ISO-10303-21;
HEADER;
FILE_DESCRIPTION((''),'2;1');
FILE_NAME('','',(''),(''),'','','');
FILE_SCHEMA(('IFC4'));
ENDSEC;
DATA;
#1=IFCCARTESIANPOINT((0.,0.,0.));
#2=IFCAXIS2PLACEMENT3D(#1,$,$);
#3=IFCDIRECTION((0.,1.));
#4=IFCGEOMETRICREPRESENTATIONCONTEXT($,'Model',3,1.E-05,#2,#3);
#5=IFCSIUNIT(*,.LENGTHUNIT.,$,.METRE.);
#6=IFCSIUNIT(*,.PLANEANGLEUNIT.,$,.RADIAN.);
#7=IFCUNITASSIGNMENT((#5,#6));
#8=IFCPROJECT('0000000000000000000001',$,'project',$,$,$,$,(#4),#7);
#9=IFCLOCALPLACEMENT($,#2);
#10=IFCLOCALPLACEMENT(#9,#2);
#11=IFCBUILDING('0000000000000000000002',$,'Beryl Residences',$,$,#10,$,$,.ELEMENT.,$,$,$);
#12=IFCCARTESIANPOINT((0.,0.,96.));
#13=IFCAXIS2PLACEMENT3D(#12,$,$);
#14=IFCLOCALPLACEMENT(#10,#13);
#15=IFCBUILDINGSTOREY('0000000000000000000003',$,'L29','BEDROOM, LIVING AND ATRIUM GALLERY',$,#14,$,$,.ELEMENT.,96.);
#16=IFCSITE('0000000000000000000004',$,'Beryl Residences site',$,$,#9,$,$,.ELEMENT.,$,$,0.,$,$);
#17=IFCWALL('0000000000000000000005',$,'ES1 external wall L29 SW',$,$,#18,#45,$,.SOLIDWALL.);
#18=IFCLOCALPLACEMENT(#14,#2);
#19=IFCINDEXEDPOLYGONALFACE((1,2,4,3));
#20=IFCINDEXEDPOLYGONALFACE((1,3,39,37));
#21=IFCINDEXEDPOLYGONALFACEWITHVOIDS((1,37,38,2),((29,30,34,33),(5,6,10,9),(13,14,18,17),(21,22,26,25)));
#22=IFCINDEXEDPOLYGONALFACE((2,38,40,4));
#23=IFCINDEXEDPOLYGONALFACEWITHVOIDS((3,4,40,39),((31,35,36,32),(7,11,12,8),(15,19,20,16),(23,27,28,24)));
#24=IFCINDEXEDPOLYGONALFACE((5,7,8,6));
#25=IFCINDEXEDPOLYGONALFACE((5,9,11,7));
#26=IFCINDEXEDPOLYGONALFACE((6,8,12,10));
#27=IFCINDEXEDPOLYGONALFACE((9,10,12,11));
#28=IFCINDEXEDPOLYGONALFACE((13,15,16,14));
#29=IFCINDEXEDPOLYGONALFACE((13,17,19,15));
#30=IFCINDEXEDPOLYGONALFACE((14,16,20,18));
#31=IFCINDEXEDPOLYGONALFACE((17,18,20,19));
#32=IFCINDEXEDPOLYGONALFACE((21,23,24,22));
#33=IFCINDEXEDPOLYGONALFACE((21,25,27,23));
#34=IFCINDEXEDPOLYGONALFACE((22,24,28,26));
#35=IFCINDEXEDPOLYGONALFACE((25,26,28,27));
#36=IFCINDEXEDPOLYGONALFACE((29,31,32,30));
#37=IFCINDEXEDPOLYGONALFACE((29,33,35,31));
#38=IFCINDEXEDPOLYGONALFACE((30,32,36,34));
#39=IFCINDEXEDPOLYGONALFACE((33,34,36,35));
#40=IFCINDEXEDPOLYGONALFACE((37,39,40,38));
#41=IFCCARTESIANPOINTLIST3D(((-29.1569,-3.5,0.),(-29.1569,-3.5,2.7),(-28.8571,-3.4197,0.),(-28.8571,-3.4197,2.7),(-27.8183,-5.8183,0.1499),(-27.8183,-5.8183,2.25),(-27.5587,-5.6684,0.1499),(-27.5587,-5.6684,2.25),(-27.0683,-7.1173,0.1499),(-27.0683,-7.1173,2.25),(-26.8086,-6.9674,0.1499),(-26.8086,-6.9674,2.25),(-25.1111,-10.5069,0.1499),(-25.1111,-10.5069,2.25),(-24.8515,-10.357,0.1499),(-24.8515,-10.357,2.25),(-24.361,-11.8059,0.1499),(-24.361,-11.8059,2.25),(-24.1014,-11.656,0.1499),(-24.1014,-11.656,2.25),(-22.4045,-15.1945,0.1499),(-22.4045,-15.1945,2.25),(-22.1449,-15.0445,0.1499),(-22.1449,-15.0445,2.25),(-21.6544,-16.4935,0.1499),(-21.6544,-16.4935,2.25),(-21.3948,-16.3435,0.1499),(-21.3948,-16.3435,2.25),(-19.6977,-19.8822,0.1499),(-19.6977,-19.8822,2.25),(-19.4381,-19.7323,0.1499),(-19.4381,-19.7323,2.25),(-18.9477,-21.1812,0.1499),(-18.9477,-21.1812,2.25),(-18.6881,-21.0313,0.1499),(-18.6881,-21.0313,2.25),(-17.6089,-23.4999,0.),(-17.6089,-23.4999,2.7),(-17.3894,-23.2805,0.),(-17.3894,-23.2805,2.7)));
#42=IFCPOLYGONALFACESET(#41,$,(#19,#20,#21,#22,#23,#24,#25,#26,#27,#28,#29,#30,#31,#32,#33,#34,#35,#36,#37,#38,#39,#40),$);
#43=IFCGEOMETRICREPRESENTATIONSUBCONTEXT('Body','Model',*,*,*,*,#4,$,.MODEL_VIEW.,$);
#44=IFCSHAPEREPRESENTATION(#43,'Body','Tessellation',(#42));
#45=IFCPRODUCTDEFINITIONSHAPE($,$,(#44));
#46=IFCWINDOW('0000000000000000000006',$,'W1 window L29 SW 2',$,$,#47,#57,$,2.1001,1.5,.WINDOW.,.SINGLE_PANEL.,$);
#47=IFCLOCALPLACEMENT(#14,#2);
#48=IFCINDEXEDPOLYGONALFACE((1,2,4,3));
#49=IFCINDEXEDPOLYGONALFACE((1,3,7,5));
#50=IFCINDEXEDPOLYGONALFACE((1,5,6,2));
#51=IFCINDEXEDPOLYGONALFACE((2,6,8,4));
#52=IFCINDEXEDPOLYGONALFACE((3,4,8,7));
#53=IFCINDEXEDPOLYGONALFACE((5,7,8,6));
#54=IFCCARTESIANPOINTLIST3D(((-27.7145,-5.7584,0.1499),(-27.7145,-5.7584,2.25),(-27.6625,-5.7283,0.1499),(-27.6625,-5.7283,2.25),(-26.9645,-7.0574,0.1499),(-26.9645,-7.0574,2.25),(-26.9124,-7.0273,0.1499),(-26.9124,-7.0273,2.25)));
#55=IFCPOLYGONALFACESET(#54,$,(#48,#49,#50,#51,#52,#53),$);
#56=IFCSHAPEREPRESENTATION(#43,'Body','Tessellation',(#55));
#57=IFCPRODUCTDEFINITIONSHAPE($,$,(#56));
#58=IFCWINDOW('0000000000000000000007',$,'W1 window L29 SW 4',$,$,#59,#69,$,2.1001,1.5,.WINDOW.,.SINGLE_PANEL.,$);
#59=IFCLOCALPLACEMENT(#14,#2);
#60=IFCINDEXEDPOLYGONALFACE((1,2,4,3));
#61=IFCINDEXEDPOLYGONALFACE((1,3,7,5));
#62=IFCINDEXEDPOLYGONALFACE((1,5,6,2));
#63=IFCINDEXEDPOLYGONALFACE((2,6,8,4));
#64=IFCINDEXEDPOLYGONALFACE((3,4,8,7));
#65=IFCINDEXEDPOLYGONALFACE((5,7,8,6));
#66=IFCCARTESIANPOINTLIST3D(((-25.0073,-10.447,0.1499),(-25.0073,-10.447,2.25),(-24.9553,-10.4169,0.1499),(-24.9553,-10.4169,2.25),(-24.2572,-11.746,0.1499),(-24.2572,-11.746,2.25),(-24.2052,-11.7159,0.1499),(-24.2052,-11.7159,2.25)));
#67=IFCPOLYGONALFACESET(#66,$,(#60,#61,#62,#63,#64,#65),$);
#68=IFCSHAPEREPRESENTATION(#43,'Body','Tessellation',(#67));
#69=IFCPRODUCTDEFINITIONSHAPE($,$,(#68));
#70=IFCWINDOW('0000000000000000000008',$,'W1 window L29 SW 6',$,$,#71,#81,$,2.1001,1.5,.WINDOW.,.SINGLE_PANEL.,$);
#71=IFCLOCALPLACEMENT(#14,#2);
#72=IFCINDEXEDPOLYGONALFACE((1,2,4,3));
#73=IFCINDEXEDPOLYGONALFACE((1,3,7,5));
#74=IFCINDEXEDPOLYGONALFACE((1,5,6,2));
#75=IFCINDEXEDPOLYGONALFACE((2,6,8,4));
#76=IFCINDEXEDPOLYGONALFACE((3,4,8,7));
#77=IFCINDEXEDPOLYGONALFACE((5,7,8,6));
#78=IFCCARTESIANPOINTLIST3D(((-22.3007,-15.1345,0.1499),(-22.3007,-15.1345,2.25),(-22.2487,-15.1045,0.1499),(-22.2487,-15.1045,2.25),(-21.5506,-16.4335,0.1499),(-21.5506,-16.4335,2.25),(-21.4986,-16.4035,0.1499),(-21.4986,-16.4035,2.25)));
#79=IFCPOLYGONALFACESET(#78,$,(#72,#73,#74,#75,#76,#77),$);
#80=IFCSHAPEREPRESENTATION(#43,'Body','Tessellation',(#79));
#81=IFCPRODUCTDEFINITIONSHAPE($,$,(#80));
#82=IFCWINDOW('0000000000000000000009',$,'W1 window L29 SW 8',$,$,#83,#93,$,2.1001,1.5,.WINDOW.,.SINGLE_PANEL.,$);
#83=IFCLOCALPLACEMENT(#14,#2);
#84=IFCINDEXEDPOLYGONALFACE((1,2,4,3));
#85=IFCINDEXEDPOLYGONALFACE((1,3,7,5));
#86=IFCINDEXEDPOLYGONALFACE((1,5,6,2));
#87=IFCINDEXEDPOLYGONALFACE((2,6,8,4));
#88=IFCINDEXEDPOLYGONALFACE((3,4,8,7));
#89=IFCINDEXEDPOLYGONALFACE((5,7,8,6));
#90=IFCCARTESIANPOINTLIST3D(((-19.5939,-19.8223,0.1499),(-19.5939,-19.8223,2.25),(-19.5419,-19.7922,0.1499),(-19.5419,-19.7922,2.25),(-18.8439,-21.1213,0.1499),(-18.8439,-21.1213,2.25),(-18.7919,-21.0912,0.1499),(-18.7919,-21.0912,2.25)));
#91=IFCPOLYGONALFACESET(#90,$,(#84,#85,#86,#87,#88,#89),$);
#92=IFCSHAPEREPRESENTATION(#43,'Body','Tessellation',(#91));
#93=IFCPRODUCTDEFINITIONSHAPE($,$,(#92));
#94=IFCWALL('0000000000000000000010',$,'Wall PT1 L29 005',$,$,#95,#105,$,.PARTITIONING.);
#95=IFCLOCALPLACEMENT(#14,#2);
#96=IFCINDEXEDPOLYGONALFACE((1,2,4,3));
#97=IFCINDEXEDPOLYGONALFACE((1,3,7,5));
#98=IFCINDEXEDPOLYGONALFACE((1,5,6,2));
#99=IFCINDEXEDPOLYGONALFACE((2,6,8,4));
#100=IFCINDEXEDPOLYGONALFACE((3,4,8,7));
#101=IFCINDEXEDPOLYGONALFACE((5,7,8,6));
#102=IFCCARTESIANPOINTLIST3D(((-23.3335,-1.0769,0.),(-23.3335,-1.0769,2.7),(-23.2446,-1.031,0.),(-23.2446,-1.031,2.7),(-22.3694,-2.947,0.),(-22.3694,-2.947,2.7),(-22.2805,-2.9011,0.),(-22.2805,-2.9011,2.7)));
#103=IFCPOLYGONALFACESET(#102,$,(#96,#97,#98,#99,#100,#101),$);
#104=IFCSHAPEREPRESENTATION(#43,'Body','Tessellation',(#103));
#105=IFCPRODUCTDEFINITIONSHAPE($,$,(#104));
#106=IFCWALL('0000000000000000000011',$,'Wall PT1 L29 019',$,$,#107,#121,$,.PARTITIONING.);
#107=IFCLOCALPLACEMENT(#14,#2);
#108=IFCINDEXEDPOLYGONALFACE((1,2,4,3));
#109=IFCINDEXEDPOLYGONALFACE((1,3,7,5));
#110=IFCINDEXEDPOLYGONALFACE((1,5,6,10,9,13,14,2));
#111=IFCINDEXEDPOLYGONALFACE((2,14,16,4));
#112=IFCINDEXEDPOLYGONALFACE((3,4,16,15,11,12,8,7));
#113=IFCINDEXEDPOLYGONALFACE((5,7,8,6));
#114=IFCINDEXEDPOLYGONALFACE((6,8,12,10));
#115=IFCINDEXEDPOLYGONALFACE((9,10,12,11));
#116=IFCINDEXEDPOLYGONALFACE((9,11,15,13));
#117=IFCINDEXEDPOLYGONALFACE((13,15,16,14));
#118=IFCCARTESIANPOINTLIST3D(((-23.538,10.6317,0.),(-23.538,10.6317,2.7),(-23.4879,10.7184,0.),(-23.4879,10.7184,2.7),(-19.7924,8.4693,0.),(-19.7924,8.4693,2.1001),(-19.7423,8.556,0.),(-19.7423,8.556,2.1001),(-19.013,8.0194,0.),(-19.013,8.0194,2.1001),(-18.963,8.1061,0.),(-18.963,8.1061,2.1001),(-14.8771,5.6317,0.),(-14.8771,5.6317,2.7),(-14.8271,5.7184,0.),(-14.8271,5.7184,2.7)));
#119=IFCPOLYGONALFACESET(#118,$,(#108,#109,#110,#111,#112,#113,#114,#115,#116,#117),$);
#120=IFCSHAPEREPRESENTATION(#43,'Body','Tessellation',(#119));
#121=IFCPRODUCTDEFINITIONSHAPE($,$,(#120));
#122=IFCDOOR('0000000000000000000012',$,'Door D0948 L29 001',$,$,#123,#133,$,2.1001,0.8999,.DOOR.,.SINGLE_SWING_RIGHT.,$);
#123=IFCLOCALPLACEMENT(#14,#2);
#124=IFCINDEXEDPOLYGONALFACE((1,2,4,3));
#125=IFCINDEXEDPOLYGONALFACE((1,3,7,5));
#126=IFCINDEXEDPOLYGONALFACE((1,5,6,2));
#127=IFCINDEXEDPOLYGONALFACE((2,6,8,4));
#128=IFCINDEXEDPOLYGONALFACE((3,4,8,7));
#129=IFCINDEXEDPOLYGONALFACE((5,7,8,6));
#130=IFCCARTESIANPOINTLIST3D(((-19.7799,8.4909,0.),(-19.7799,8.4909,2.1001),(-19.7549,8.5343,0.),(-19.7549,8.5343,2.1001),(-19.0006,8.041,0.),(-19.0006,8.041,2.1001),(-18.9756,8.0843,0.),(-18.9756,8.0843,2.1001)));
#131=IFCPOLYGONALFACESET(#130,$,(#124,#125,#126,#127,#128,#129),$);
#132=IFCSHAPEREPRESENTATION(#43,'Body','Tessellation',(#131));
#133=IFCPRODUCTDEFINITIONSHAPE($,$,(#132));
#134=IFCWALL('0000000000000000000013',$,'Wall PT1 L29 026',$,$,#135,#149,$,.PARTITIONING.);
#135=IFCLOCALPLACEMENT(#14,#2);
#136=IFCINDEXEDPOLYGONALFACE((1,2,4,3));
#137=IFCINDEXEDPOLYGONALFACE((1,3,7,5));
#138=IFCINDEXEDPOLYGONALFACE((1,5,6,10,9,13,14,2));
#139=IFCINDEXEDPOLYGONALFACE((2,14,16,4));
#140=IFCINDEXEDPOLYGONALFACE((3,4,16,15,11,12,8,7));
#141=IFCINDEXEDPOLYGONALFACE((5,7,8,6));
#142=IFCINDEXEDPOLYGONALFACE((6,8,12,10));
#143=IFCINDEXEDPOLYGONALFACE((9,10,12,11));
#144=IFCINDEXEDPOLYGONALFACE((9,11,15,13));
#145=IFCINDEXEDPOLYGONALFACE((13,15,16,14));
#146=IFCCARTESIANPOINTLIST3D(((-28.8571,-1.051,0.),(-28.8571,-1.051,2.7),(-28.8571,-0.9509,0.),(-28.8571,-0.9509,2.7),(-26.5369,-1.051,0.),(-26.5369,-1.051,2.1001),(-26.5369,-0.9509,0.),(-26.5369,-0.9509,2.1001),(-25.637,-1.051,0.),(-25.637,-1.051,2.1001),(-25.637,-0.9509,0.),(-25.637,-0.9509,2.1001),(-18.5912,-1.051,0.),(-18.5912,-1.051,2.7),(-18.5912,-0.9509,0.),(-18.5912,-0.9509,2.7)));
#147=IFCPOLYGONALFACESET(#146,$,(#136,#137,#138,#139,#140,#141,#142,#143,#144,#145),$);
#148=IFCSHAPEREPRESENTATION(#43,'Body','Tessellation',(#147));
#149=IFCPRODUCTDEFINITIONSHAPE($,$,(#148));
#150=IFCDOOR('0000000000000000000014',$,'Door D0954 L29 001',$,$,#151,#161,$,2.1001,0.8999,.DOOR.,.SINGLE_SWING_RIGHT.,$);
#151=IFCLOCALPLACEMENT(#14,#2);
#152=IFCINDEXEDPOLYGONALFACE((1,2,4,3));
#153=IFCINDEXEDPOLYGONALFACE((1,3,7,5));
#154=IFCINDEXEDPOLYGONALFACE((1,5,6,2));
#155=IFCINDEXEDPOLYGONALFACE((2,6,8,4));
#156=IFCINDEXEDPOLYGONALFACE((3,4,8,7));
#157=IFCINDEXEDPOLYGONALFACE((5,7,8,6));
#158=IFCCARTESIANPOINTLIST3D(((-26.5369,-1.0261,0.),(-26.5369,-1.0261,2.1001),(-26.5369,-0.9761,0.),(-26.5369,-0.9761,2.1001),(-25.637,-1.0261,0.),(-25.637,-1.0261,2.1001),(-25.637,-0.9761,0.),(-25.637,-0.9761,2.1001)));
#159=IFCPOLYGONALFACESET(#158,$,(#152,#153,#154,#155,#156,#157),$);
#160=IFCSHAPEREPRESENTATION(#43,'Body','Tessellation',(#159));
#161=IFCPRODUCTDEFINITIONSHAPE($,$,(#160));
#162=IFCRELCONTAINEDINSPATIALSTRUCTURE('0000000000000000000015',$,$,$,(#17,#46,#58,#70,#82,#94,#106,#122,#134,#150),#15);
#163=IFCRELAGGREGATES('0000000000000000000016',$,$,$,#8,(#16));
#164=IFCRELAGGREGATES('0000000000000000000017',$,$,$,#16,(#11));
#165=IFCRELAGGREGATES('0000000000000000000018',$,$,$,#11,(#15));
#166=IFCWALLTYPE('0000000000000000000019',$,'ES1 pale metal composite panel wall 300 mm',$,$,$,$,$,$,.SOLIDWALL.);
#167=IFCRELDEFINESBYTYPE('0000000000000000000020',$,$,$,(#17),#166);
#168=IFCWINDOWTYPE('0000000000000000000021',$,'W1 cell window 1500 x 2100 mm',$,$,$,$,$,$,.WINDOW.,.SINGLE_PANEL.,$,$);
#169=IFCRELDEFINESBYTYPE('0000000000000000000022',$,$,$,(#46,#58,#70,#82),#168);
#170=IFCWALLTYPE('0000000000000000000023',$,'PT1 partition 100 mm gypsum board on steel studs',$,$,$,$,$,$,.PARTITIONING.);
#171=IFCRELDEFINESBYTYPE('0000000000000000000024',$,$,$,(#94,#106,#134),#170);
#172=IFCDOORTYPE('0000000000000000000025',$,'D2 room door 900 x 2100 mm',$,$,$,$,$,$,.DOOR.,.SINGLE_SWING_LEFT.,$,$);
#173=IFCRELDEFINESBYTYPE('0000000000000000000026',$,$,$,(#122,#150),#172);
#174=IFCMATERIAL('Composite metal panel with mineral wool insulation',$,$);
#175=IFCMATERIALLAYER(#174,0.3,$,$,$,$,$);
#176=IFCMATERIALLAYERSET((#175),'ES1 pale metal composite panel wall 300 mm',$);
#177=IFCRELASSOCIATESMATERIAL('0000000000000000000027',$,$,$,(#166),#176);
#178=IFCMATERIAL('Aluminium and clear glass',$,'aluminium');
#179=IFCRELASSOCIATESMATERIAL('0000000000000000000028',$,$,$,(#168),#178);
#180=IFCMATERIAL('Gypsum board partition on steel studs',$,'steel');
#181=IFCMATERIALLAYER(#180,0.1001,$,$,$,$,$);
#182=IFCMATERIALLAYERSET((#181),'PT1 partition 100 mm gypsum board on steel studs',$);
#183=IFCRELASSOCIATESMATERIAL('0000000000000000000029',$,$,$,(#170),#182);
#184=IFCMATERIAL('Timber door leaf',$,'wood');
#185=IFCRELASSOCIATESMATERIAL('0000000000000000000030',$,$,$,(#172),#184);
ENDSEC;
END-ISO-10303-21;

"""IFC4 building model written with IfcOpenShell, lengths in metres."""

from ifc_helpers import new_model, si_unit, direction, frame, frame_2d, origin, place, context, subcontext, project, spatial, polyline, rectangle, outline, extrude, material, layer, layer_set, type_object, element, fill, save


model = new_model("IFC4")

# Units and contexts
model_context = context("Model", 3, precision=1e-05, world=origin(), true_north=direction((0.0, 1.0)))
body_context = subcontext(model_context, "Body", "Model", "MODEL_VIEW")
ifc_project = project(units=[si_unit("LENGTHUNIT", "METRE"), si_unit("PLANEANGLEUNIT", "RADIAN")], contexts=[model_context])

# Site, building, storey
site_placement = place(None, origin())
site = spatial("IfcSite", under=ifc_project, at=site_placement, Name="Beryl Residences site", CompositionType="ELEMENT", RefElevation=0.0)
building_placement = place(site_placement, origin())
building = spatial("IfcBuilding", under=site, at=building_placement, Name="Beryl Residences", CompositionType="ELEMENT")
storey_placement = place(building_placement, frame((0.0, 0.0, 96.0)))
storey = spatial("IfcBuildingStorey", under=building, at=storey_placement, Name="L29", Description="BEDROOM, LIVING AND ATRIUM GALLERY", CompositionType="ELEMENT", Elevation=96.0)

# Shared definitions
ifc_material_1 = material(Name="Composite metal panel with mineral wool insulation")
ifc_layer_1 = layer(ifc_material_1, 0.3)
ifc_layer_set_1 = layer_set([ifc_layer_1], Name="ES1 pale metal composite panel wall 300 mm")
wall_type_1 = type_object("IfcWallType", Name="ES1 pale metal composite panel wall 300 mm", PredefinedType="SOLIDWALL", material=ifc_layer_set_1)

# Wall, openings, windows
wall_1_placement = place(storey_placement, frame((-29.0271, -3.425, 0.0), z_axis=(0.0, 0.0, 1.0), x_axis=(0.500035, -0.866005, 0.0)))
wall_1 = element("IfcWall", 1, at=wall_1_placement, inside=storey, type_object=wall_type_1, Name="ES1 external wall L29 SW", PredefinedType="SOLIDWALL", context=body_context, shape_type="SweptSolid", body=[
    extrude(outline(polyline([(0.0, -0.1499), (23.0945, -0.1499), (23.0142, 0.1499), (0.0803, 0.1499), (0.0, -0.1499)])), origin(), (0.0, 0.0, 1.0), 2.7),
])
opening_1_placement = place(wall_1_placement, frame((2.677, 0.0, 0.1499)))
opening_1 = element("IfcOpeningElement", 2, at=opening_1_placement, cuts=wall_1, PredefinedType="OPENING", context=body_context, shape_type="SweptSolid", body=[
    extrude(rectangle(XDim=1.5, YDim=2.1001, at=frame_2d((0.75, 1.05))), frame((0.0, 0.1599, 0.0), z_axis=(0.0, -1.0, 0.0), x_axis=(1.0, 0.0, 0.0)), (0.0, 0.0, 1.0), 0.3201),
])
opening_2_placement = place(wall_1_placement, frame((8.0911, 0.0, 0.1499)))
opening_2 = element("IfcOpeningElement", 3, at=opening_2_placement, cuts=wall_1, PredefinedType="OPENING", context=body_context, shape_type="SweptSolid", body=[
    extrude(rectangle(XDim=1.5, YDim=2.1001, at=frame_2d((0.75, 1.05))), frame((0.0, 0.1599, 0.0), z_axis=(0.0, -1.0, 0.0), x_axis=(1.0, 0.0, 0.0)), (0.0, 0.0, 1.0), 0.3201),
])
opening_3_placement = place(wall_1_placement, frame((13.5039, 0.0, 0.1499)))
opening_3 = element("IfcOpeningElement", 4, at=opening_3_placement, cuts=wall_1, PredefinedType="OPENING", context=body_context, shape_type="SweptSolid", body=[
    extrude(rectangle(XDim=1.5, YDim=2.1001, at=frame_2d((0.75, 1.05))), frame((0.0, 0.1599, 0.0), z_axis=(0.0, -1.0, 0.0), x_axis=(1.0, 0.0, 0.0)), (0.0, 0.0, 1.0), 0.3201),
])
opening_4_placement = place(wall_1_placement, frame((18.917, 0.0, 0.1499)))
opening_4 = element("IfcOpeningElement", 5, at=opening_4_placement, cuts=wall_1, PredefinedType="OPENING", context=body_context, shape_type="SweptSolid", body=[
    extrude(rectangle(XDim=1.5, YDim=2.1001, at=frame_2d((0.75, 1.05))), frame((0.0, 0.1599, 0.0), z_axis=(0.0, -1.0, 0.0), x_axis=(1.0, 0.0, 0.0)), (0.0, 0.0, 1.0), 0.3201),
])
ifc_material_2 = material(Name="Aluminium and clear glass", Category="aluminium")
window_type_1 = type_object("IfcWindowType", Name="W1 cell window 1500 x 2100 mm", PartitioningType="SINGLE_PANEL", PredefinedType="WINDOW", material=ifc_material_2)
window_1_placement = place(opening_1_placement, origin())
window_1 = element("IfcWindow", 6, at=window_1_placement, inside=storey, type_object=window_type_1, Name="W1 window L29 SW 2", OverallHeight=2.1001, OverallWidth=1.5, PartitioningType="SINGLE_PANEL", PredefinedType="WINDOW", context=body_context, shape_type="SweptSolid", body=[
    extrude(rectangle(XDim=1.5, YDim=2.1001, at=frame_2d((0.75, 1.05))), frame((0.0, 0.03, 0.0), z_axis=(0.0, -1.0, 0.0), x_axis=(1.0, 0.0, 0.0)), (0.0, 0.0, 1.0), 0.0601),
])
fill(opening_1, window_1)
window_2_placement = place(opening_2_placement, origin())
window_2 = element("IfcWindow", 7, at=window_2_placement, inside=storey, type_object=window_type_1, Name="W1 window L29 SW 4", OverallHeight=2.1001, OverallWidth=1.5, PartitioningType="SINGLE_PANEL", PredefinedType="WINDOW", context=body_context, shape_type="SweptSolid", body=[
    extrude(rectangle(XDim=1.5, YDim=2.1001, at=frame_2d((0.75, 1.05))), frame((0.0, 0.03, 0.0), z_axis=(0.0, -1.0, 0.0), x_axis=(1.0, 0.0, 0.0)), (0.0, 0.0, 1.0), 0.0601),
])
fill(opening_2, window_2)
window_3_placement = place(opening_3_placement, origin())
window_3 = element("IfcWindow", 8, at=window_3_placement, inside=storey, type_object=window_type_1, Name="W1 window L29 SW 6", OverallHeight=2.1001, OverallWidth=1.5, PartitioningType="SINGLE_PANEL", PredefinedType="WINDOW", context=body_context, shape_type="SweptSolid", body=[
    extrude(rectangle(XDim=1.5, YDim=2.1001, at=frame_2d((0.75, 1.05))), frame((0.0, 0.03, 0.0), z_axis=(0.0, -1.0, 0.0), x_axis=(1.0, 0.0, 0.0)), (0.0, 0.0, 1.0), 0.0601),
])
fill(opening_3, window_3)
window_4_placement = place(opening_4_placement, origin())
window_4 = element("IfcWindow", 9, at=window_4_placement, inside=storey, type_object=window_type_1, Name="W1 window L29 SW 8", OverallHeight=2.1001, OverallWidth=1.5, PartitioningType="SINGLE_PANEL", PredefinedType="WINDOW", context=body_context, shape_type="SweptSolid", body=[
    extrude(rectangle(XDim=1.5, YDim=2.1001, at=frame_2d((0.75, 1.05))), frame((0.0, 0.03, 0.0), z_axis=(0.0, -1.0, 0.0), x_axis=(1.0, 0.0, 0.0)), (0.0, 0.0, 1.0), 0.0601),
])
fill(opening_4, window_4)

# Wall
ifc_material_3 = material(Name="Gypsum board partition on steel studs", Category="steel")
ifc_layer_2 = layer(ifc_material_3, 0.1001)
ifc_layer_set_2 = layer_set([ifc_layer_2], Name="PT1 partition 100 mm gypsum board on steel studs")
wall_type_2 = type_object("IfcWallType", Name="PT1 partition 100 mm gypsum board on steel studs", PredefinedType="PARTITIONING", material=ifc_layer_set_2)
wall_2_placement = place(storey_placement, frame((-23.2891, -1.054, 0.0), z_axis=(0.0, 0.0, 1.0), x_axis=(0.458226, -0.888836, 0.0)))
element("IfcWall", 10, at=wall_2_placement, inside=storey, type_object=wall_type_2, Name="Wall PT1 L29 005", PredefinedType="PARTITIONING", context=body_context, shape_type="SweptSolid", body=[
    extrude(rectangle(XDim=2.104, YDim=0.1001, at=frame_2d((1.052, 0.0))), origin(), (0.0, 0.0, 1.0), 2.7),
])

# Walls, openings, doors
wall_3_placement = place(storey_placement, frame((-23.5129, 10.675, 0.0), z_axis=(0.0, 0.0, 1.0), x_axis=(0.866041, -0.499973, 0.0)))
wall_3 = element("IfcWall", 11, at=wall_3_placement, inside=storey, type_object=wall_type_2, Name="Wall PT1 L29 019", PredefinedType="PARTITIONING", context=body_context, shape_type="SweptSolid", body=[
    extrude(rectangle(XDim=10.0005, YDim=0.1001, at=frame_2d((5.0002, 0.0))), origin(), (0.0, 0.0, 1.0), 2.7),
])
opening_5_placement = place(wall_3_placement, frame((4.325, 0.0, 0.0)))
opening_5 = element("IfcOpeningElement", 12, at=opening_5_placement, cuts=wall_3, PredefinedType="OPENING", context=body_context, shape_type="SweptSolid", body=[
    extrude(rectangle(XDim=0.8999, YDim=2.1001, at=frame_2d((0.45, 1.05))), frame((0.0, 0.0601, 0.0), z_axis=(0.0, -1.0, 0.0), x_axis=(1.0, 0.0, 0.0)), (0.0, 0.0, 1.0), 0.1201),
])
ifc_material_4 = material(Name="Timber door leaf", Category="wood")
door_type_1 = type_object("IfcDoorType", Name="D2 room door 900 x 2100 mm", OperationType="SINGLE_SWING_LEFT", PredefinedType="DOOR", material=ifc_material_4)
door_1_placement = place(opening_5_placement, origin())
door_1 = element("IfcDoor", 13, at=door_1_placement, inside=storey, type_object=door_type_1, Name="Door D0948 L29 001", OperationType="SINGLE_SWING_RIGHT", OverallHeight=2.1001, OverallWidth=0.8999, PredefinedType="DOOR", context=body_context, shape_type="SweptSolid", body=[
    extrude(rectangle(XDim=0.8999, YDim=2.1001, at=frame_2d((0.45, 1.05))), frame((0.0, 0.0249, 0.0), z_axis=(0.0, -1.0, 0.0), x_axis=(1.0, 0.0, 0.0)), (0.0, 0.0, 1.0), 0.05),
])
fill(opening_5, door_1)
wall_4_placement = place(storey_placement, frame((-28.8569, -1.001, 0.0), z_axis=(0.0, 0.0, 1.0), x_axis=(1.0, 0.0, 0.0)))
wall_4 = element("IfcWall", 14, at=wall_4_placement, inside=storey, type_object=wall_type_2, Name="Wall PT1 L29 026", PredefinedType="PARTITIONING", context=body_context, shape_type="SweptSolid", body=[
    extrude(rectangle(XDim=10.2659, YDim=0.1001, at=frame_2d((5.1328, 0.0))), origin(), (0.0, 0.0, 1.0), 2.7),
])
opening_6_placement = place(wall_4_placement, frame((2.3201, 0.0, 0.0)))
opening_6 = element("IfcOpeningElement", 15, at=opening_6_placement, cuts=wall_4, PredefinedType="OPENING", context=body_context, shape_type="SweptSolid", body=[
    extrude(rectangle(XDim=0.8999, YDim=2.1001, at=frame_2d((0.45, 1.05))), frame((0.0, 0.0601, 0.0), z_axis=(0.0, -1.0, 0.0), x_axis=(1.0, 0.0, 0.0)), (0.0, 0.0, 1.0), 0.1201),
])
door_2_placement = place(opening_6_placement, origin())
door_2 = element("IfcDoor", 16, at=door_2_placement, inside=storey, type_object=door_type_1, Name="Door D0954 L29 001", OperationType="SINGLE_SWING_RIGHT", OverallHeight=2.1001, OverallWidth=0.8999, PredefinedType="DOOR", context=body_context, shape_type="SweptSolid", body=[
    extrude(rectangle(XDim=0.8999, YDim=2.1001, at=frame_2d((0.45, 1.05))), frame((0.0, 0.0249, 0.0), z_axis=(0.0, -1.0, 0.0), x_axis=(1.0, 0.0, 0.0)), (0.0, 0.0, 1.0), 0.05),
])
fill(opening_6, door_2)

save(model, "model.ifc")
